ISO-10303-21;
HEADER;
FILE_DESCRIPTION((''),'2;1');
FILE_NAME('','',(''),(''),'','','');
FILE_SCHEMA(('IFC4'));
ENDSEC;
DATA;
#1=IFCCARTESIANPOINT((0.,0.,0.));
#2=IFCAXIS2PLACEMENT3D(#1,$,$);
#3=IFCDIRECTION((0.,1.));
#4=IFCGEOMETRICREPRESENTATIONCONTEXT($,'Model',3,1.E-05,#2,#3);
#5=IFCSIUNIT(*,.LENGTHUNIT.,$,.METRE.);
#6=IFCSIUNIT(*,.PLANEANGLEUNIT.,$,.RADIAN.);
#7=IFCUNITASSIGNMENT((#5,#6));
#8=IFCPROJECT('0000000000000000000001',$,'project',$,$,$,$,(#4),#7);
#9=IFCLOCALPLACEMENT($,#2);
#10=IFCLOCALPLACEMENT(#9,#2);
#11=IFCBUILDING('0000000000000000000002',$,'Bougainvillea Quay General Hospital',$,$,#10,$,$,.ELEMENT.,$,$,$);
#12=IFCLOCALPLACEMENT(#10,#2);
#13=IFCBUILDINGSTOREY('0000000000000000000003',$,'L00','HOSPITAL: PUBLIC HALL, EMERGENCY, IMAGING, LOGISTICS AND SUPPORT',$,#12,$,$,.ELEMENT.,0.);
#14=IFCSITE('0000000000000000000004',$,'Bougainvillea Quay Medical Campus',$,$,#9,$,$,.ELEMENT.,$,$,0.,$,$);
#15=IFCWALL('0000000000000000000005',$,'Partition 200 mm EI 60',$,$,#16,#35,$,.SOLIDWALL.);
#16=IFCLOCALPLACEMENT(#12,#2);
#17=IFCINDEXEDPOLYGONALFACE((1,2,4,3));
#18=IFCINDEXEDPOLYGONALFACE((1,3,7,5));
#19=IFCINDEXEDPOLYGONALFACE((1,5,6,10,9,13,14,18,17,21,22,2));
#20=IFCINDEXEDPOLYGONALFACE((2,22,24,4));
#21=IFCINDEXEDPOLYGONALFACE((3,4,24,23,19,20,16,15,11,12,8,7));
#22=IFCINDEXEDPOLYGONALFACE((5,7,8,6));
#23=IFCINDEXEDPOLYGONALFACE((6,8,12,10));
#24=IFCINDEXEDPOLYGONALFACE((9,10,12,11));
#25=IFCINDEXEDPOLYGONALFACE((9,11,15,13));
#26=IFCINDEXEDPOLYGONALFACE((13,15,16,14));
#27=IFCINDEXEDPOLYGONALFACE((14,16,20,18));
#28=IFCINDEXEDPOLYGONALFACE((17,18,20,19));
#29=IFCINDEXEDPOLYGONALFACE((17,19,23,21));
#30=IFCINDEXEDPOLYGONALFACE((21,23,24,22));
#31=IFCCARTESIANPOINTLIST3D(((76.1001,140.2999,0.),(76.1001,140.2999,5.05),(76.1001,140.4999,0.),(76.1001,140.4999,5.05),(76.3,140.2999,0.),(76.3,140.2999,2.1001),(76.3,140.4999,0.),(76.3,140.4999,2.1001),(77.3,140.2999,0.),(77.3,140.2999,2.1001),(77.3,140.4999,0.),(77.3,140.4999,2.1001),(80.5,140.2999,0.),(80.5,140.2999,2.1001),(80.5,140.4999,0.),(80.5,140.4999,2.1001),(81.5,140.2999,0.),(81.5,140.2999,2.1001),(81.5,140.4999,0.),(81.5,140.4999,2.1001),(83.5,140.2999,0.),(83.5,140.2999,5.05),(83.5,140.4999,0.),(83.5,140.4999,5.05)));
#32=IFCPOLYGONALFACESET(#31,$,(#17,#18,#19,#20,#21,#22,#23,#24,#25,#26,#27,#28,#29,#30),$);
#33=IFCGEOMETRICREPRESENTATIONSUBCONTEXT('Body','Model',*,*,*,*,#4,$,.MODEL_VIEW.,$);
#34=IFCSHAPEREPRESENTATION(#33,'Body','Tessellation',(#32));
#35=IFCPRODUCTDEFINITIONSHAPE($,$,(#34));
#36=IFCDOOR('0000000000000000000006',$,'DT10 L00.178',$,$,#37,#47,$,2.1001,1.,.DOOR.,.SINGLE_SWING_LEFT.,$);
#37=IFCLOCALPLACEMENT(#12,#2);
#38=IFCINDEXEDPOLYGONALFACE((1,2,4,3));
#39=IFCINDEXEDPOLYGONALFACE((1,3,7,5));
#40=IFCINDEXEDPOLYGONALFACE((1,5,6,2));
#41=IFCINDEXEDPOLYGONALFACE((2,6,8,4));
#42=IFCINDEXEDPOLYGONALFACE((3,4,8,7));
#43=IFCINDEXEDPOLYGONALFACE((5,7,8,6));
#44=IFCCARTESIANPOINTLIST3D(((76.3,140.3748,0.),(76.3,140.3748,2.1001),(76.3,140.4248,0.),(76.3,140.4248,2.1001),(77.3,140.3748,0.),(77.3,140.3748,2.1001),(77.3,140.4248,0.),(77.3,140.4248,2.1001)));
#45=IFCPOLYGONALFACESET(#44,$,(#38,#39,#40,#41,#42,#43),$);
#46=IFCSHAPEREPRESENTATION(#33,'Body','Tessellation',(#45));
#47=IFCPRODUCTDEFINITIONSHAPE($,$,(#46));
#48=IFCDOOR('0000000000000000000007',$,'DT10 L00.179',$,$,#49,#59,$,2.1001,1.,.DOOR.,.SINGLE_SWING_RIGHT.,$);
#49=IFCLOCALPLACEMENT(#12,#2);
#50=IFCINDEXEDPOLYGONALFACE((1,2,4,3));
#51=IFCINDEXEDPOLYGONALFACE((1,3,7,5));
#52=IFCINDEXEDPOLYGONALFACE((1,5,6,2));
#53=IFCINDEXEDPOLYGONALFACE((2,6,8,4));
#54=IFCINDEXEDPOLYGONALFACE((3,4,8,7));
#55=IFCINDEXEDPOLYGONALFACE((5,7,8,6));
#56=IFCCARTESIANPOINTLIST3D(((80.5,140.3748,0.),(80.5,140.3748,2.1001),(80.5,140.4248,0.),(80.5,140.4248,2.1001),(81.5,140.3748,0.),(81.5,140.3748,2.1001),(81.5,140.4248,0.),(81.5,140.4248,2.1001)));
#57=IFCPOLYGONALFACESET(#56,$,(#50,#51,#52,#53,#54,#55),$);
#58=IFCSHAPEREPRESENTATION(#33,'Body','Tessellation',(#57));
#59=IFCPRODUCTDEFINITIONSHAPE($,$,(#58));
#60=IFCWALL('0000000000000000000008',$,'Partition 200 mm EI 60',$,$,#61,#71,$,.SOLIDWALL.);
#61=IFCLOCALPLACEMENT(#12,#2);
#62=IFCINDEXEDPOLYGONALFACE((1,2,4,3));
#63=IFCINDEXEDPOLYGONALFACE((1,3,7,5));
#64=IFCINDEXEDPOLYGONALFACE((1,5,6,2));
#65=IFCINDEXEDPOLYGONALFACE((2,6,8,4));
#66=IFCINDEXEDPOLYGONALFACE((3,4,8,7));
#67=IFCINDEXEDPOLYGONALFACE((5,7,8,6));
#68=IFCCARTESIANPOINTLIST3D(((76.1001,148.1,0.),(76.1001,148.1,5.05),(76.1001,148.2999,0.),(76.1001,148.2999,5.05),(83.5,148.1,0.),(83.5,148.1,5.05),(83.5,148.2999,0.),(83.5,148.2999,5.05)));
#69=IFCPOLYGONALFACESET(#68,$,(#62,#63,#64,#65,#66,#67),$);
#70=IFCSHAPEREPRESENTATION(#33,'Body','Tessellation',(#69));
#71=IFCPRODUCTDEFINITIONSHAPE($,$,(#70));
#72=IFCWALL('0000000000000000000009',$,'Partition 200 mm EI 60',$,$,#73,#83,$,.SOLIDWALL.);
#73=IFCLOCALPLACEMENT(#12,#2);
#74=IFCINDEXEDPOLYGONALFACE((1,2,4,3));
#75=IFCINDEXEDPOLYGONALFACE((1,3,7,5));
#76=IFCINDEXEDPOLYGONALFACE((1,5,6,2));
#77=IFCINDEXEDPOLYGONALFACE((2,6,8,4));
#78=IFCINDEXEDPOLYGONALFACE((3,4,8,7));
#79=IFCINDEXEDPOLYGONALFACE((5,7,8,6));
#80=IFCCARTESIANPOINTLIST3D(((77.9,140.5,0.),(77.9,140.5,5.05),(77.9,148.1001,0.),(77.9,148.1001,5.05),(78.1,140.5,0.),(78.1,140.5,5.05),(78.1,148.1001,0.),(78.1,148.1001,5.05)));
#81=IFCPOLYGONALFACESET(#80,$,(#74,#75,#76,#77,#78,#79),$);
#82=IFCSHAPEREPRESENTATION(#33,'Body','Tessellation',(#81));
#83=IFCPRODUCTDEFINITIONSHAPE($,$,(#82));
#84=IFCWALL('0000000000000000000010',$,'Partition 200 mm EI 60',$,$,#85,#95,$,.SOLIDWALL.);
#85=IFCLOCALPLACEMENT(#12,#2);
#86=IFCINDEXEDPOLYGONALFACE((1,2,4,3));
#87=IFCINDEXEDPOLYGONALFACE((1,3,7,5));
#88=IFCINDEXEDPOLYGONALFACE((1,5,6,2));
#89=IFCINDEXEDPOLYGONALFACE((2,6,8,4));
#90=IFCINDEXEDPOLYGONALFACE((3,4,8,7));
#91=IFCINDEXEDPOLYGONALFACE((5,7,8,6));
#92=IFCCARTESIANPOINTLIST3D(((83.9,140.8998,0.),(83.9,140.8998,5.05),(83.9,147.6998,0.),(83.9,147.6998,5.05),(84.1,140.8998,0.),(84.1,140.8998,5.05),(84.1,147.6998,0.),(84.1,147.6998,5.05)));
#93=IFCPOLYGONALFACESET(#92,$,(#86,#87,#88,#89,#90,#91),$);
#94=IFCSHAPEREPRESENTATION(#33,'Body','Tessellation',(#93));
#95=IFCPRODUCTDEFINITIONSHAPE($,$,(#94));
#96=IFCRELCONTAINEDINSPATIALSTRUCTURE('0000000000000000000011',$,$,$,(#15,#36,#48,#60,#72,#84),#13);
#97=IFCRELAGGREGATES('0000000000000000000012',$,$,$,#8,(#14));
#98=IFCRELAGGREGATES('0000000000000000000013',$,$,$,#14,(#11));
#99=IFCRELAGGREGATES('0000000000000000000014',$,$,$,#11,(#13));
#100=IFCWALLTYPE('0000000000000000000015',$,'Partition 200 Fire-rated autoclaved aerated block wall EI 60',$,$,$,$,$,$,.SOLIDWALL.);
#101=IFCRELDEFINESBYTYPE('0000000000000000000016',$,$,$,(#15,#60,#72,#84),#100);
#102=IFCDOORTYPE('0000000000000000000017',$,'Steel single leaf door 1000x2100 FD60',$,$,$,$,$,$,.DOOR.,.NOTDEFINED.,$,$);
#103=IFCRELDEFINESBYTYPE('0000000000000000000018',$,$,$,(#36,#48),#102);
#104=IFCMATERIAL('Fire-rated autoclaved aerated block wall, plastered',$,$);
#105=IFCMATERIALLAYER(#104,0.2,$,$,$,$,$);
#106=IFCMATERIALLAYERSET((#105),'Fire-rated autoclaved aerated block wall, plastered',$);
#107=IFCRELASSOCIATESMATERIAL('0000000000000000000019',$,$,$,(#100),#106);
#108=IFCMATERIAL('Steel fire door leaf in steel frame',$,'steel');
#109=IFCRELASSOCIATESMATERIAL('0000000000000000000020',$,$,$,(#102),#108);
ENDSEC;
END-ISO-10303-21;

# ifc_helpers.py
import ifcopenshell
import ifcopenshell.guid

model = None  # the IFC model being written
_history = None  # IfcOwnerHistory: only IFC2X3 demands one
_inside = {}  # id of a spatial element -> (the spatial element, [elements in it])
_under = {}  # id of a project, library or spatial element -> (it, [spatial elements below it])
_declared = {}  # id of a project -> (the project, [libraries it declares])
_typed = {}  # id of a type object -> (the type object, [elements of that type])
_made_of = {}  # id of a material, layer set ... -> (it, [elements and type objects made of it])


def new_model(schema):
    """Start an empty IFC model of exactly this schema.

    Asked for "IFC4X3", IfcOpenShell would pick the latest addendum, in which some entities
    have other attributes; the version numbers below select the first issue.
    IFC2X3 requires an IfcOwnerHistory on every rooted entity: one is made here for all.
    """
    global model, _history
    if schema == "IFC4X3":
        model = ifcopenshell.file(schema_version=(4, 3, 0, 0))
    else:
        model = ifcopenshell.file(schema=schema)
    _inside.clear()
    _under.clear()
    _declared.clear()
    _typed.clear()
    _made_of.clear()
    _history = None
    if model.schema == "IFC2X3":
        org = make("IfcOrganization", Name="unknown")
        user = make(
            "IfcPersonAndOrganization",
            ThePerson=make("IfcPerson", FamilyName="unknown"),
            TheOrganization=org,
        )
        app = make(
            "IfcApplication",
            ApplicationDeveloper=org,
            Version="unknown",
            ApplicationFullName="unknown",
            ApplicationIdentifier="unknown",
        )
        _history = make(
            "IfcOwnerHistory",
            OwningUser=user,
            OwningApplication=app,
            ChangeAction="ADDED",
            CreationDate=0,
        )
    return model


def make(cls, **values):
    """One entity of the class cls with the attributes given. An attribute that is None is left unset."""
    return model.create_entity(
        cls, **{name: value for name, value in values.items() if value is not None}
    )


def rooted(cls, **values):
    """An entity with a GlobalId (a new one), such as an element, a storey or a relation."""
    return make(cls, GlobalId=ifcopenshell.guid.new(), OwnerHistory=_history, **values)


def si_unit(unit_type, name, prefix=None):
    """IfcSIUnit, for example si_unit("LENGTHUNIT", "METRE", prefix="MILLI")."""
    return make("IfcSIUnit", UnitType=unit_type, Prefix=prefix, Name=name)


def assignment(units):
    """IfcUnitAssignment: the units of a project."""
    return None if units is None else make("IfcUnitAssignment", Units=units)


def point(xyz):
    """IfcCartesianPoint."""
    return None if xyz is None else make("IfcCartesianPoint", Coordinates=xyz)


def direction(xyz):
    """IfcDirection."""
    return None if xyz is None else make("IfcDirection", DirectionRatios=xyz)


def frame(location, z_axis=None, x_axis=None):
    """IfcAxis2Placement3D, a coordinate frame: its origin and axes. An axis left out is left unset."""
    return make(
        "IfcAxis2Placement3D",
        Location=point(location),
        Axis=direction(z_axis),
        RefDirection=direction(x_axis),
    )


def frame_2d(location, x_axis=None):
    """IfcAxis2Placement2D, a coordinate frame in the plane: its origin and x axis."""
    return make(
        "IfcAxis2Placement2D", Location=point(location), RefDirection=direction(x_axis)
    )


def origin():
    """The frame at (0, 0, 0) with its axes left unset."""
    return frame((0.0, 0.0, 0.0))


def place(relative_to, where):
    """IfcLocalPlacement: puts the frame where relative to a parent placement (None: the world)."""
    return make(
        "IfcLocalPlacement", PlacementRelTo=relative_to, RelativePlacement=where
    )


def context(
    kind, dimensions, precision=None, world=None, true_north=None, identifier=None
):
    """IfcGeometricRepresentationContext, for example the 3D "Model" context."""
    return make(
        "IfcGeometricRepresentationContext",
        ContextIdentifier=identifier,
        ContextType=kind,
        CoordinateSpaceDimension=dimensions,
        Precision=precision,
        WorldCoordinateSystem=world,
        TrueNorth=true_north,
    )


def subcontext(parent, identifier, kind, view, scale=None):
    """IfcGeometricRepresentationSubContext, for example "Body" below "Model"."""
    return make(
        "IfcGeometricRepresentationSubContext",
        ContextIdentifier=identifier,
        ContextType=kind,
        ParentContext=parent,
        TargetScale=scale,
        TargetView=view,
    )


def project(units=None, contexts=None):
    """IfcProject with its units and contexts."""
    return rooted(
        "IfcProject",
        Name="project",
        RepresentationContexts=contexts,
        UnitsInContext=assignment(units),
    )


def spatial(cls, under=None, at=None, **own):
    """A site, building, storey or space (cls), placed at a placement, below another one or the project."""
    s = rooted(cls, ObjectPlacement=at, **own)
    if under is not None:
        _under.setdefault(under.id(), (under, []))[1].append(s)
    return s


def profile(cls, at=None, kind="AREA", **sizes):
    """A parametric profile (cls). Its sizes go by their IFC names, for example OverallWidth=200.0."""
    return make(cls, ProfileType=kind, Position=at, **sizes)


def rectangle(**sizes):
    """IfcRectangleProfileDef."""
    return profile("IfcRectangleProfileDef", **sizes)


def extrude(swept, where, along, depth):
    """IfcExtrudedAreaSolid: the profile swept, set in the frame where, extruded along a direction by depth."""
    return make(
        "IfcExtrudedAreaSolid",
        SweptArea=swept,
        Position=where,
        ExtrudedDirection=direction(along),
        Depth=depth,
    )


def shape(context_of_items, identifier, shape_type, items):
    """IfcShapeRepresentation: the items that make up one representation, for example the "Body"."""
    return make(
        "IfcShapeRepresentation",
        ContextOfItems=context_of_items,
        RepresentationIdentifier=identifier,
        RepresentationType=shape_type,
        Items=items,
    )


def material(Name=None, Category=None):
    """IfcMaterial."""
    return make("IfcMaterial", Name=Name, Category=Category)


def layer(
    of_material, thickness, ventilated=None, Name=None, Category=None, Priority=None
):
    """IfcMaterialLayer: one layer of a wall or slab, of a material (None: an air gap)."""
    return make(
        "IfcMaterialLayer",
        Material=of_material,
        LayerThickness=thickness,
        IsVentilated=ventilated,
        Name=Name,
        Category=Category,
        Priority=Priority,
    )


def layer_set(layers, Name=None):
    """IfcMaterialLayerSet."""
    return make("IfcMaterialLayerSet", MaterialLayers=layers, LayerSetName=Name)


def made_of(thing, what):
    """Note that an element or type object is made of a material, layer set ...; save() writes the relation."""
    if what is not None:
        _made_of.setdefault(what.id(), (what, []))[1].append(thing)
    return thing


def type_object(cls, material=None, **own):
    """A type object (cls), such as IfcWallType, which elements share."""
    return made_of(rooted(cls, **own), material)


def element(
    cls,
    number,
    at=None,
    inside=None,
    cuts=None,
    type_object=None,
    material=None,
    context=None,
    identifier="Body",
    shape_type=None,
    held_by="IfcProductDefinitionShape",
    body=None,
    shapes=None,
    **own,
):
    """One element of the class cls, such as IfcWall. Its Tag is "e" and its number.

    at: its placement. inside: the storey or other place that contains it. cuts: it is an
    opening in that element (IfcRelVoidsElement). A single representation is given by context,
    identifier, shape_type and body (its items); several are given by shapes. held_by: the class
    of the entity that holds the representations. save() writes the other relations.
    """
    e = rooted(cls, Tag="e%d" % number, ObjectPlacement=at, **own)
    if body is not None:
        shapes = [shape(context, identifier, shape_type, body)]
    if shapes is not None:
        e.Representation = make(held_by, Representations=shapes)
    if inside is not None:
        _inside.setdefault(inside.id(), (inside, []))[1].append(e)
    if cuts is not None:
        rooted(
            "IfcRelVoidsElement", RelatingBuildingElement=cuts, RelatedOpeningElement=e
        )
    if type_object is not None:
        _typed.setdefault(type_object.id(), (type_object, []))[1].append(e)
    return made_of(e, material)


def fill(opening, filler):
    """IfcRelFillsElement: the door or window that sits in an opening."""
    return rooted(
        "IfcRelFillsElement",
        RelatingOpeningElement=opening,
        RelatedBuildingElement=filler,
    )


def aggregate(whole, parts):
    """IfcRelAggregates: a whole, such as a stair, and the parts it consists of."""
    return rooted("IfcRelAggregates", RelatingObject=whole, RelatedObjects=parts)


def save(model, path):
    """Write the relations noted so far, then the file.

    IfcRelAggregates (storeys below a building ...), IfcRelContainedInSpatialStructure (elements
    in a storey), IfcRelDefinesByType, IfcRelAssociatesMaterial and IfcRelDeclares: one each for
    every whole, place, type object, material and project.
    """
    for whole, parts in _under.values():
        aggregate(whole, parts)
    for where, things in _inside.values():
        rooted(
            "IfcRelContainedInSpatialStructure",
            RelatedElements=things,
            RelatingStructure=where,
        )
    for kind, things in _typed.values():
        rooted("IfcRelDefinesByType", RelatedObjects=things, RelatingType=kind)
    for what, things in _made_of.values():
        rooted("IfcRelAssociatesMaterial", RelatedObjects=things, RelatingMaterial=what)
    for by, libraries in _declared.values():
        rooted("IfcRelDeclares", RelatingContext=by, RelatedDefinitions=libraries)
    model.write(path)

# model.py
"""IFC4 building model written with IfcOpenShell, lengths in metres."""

from ifc_helpers import new_model, si_unit, direction, frame, frame_2d, origin, place, context, subcontext, project, spatial, rectangle, extrude, material, layer, layer_set, type_object, element, fill, save


model = new_model("IFC4")

# Units and contexts
model_context = context("Model", 3, precision=1e-05, world=origin(), true_north=direction((0.0, 1.0)))
body_context = subcontext(model_context, "Body", "Model", "MODEL_VIEW")
ifc_project = project(units=[si_unit("LENGTHUNIT", "METRE"), si_unit("PLANEANGLEUNIT", "RADIAN")], contexts=[model_context])

# Site, building, storey
site_placement = place(None, origin())
site = spatial("IfcSite", under=ifc_project, at=site_placement, Name="Bougainvillea Quay Medical Campus", CompositionType="ELEMENT", RefElevation=0.0)
building_placement = place(site_placement, origin())
building = spatial("IfcBuilding", under=site, at=building_placement, Name="Bougainvillea Quay General Hospital", CompositionType="ELEMENT")
storey_placement = place(building_placement, origin())
storey = spatial("IfcBuildingStorey", under=building, at=storey_placement, Name="L00", Description="HOSPITAL: PUBLIC HALL, EMERGENCY, IMAGING, LOGISTICS AND SUPPORT", CompositionType="ELEMENT", Elevation=0.0)

# Shared definitions
ifc_material_1 = material(Name="Fire-rated autoclaved aerated block wall, plastered")

# Wall, openings, doors
ifc_layer_1 = layer(ifc_material_1, 0.2)
ifc_layer_set_1 = layer_set([ifc_layer_1], Name="Fire-rated autoclaved aerated block wall, plastered")
wall_type_1 = type_object("IfcWallType", Name="Partition 200 Fire-rated autoclaved aerated block wall EI 60", PredefinedType="SOLIDWALL", material=ifc_layer_set_1)
wall_1_placement = place(storey_placement, frame((76.1001, 140.3999, 0.0), z_axis=(0.0, 0.0, 1.0), x_axis=(1.0, 0.0, 0.0)))
wall_1 = element("IfcWall", 1, at=wall_1_placement, inside=storey, type_object=wall_type_1, Name="Partition 200 mm EI 60", PredefinedType="SOLIDWALL", context=body_context, shape_type="SweptSolid", body=[
    extrude(rectangle(XDim=7.3999, YDim=0.2, at=frame_2d((3.7, 0.0))), origin(), (0.0, 0.0, 1.0), 5.05),
])
opening_1_placement = place(wall_1_placement, frame((0.2, 0.0, 0.0)))
opening_1 = element("IfcOpeningElement", 2, at=opening_1_placement, cuts=wall_1, PredefinedType="OPENING", context=body_context, shape_type="SweptSolid", body=[
    extrude(rectangle(XDim=1.0, YDim=2.1001, at=frame_2d((0.5, 1.05))), frame((0.0, 0.1099, 0.0), z_axis=(0.0, -1.0, 0.0), x_axis=(1.0, 0.0, 0.0)), (0.0, 0.0, 1.0), 0.22),
])
opening_2_placement = place(wall_1_placement, frame((4.3999, 0.0, 0.0)))
opening_2 = element("IfcOpeningElement", 3, at=opening_2_placement, cuts=wall_1, PredefinedType="OPENING", context=body_context, shape_type="SweptSolid", body=[
    extrude(rectangle(XDim=1.0, YDim=2.1001, at=frame_2d((0.5, 1.05))), frame((0.0, 0.1099, 0.0), z_axis=(0.0, -1.0, 0.0), x_axis=(1.0, 0.0, 0.0)), (0.0, 0.0, 1.0), 0.22),
])
ifc_material_2 = material(Name="Steel fire door leaf in steel frame", Category="steel")
door_type_1 = type_object("IfcDoorType", Name="Steel single leaf door 1000x2100 FD60", OperationType="NOTDEFINED", PredefinedType="DOOR", material=ifc_material_2)
door_1_placement = place(opening_1_placement, origin())
door_1 = element("IfcDoor", 4, at=door_1_placement, inside=storey, type_object=door_type_1, Name="DT10 L00.178", OperationType="SINGLE_SWING_LEFT", OverallHeight=2.1001, OverallWidth=1.0, PredefinedType="DOOR", context=body_context, shape_type="SweptSolid", body=[
    extrude(rectangle(XDim=1.0, YDim=2.1001, at=frame_2d((0.5, 1.05))), frame((0.0, 0.0249, 0.0), z_axis=(0.0, -1.0, 0.0), x_axis=(1.0, 0.0, 0.0)), (0.0, 0.0, 1.0), 0.05),
])
fill(opening_1, door_1)
door_2_placement = place(opening_2_placement, origin())
door_2 = element("IfcDoor", 5, at=door_2_placement, inside=storey, type_object=door_type_1, Name="DT10 L00.179", OperationType="SINGLE_SWING_RIGHT", OverallHeight=2.1001, OverallWidth=1.0, PredefinedType="DOOR", context=body_context, shape_type="SweptSolid", body=[
    extrude(rectangle(XDim=1.0, YDim=2.1001, at=frame_2d((0.5, 1.05))), frame((0.0, 0.0249, 0.0), z_axis=(0.0, -1.0, 0.0), x_axis=(1.0, 0.0, 0.0)), (0.0, 0.0, 1.0), 0.05),
])
fill(opening_2, door_2)

# Walls
wall_2_placement = place(storey_placement, frame((76.1001, 148.2, 0.0), z_axis=(0.0, 0.0, 1.0), x_axis=(1.0, 0.0, 0.0)))
element("IfcWall", 6, at=wall_2_placement, inside=storey, type_object=wall_type_1, Name="Partition 200 mm EI 60", PredefinedType="SOLIDWALL", context=body_context, shape_type="SweptSolid", body=[
    extrude(rectangle(XDim=7.3999, YDim=0.2, at=frame_2d((3.7, 0.0))), origin(), (0.0, 0.0, 1.0), 5.05),
])
wall_3_placement = place(storey_placement, frame((78.0, 140.5, 0.0), z_axis=(0.0, 0.0, 1.0), x_axis=(0.0, 1.0, 0.0)))
element("IfcWall", 7, at=wall_3_placement, inside=storey, type_object=wall_type_1, Name="Partition 200 mm EI 60", PredefinedType="SOLIDWALL", context=body_context, shape_type="SweptSolid", body=[
    extrude(rectangle(XDim=7.6001, YDim=0.2, at=frame_2d((3.8, 0.0))), origin(), (0.0, 0.0, 1.0), 5.05),
])
wall_4_placement = place(storey_placement, frame((84.0, 140.8999, 0.0), z_axis=(0.0, 0.0, 1.0), x_axis=(0.0, 1.0, 0.0)))
element("IfcWall", 8, at=wall_4_placement, inside=storey, type_object=wall_type_1, Name="Partition 200 mm EI 60", PredefinedType="SOLIDWALL", context=body_context, shape_type="SweptSolid", body=[
    extrude(rectangle(XDim=6.8, YDim=0.2, at=frame_2d((3.3999, 0.0))), origin(), (0.0, 0.0, 1.0), 5.05),
])

save(model, "model.ifc")
